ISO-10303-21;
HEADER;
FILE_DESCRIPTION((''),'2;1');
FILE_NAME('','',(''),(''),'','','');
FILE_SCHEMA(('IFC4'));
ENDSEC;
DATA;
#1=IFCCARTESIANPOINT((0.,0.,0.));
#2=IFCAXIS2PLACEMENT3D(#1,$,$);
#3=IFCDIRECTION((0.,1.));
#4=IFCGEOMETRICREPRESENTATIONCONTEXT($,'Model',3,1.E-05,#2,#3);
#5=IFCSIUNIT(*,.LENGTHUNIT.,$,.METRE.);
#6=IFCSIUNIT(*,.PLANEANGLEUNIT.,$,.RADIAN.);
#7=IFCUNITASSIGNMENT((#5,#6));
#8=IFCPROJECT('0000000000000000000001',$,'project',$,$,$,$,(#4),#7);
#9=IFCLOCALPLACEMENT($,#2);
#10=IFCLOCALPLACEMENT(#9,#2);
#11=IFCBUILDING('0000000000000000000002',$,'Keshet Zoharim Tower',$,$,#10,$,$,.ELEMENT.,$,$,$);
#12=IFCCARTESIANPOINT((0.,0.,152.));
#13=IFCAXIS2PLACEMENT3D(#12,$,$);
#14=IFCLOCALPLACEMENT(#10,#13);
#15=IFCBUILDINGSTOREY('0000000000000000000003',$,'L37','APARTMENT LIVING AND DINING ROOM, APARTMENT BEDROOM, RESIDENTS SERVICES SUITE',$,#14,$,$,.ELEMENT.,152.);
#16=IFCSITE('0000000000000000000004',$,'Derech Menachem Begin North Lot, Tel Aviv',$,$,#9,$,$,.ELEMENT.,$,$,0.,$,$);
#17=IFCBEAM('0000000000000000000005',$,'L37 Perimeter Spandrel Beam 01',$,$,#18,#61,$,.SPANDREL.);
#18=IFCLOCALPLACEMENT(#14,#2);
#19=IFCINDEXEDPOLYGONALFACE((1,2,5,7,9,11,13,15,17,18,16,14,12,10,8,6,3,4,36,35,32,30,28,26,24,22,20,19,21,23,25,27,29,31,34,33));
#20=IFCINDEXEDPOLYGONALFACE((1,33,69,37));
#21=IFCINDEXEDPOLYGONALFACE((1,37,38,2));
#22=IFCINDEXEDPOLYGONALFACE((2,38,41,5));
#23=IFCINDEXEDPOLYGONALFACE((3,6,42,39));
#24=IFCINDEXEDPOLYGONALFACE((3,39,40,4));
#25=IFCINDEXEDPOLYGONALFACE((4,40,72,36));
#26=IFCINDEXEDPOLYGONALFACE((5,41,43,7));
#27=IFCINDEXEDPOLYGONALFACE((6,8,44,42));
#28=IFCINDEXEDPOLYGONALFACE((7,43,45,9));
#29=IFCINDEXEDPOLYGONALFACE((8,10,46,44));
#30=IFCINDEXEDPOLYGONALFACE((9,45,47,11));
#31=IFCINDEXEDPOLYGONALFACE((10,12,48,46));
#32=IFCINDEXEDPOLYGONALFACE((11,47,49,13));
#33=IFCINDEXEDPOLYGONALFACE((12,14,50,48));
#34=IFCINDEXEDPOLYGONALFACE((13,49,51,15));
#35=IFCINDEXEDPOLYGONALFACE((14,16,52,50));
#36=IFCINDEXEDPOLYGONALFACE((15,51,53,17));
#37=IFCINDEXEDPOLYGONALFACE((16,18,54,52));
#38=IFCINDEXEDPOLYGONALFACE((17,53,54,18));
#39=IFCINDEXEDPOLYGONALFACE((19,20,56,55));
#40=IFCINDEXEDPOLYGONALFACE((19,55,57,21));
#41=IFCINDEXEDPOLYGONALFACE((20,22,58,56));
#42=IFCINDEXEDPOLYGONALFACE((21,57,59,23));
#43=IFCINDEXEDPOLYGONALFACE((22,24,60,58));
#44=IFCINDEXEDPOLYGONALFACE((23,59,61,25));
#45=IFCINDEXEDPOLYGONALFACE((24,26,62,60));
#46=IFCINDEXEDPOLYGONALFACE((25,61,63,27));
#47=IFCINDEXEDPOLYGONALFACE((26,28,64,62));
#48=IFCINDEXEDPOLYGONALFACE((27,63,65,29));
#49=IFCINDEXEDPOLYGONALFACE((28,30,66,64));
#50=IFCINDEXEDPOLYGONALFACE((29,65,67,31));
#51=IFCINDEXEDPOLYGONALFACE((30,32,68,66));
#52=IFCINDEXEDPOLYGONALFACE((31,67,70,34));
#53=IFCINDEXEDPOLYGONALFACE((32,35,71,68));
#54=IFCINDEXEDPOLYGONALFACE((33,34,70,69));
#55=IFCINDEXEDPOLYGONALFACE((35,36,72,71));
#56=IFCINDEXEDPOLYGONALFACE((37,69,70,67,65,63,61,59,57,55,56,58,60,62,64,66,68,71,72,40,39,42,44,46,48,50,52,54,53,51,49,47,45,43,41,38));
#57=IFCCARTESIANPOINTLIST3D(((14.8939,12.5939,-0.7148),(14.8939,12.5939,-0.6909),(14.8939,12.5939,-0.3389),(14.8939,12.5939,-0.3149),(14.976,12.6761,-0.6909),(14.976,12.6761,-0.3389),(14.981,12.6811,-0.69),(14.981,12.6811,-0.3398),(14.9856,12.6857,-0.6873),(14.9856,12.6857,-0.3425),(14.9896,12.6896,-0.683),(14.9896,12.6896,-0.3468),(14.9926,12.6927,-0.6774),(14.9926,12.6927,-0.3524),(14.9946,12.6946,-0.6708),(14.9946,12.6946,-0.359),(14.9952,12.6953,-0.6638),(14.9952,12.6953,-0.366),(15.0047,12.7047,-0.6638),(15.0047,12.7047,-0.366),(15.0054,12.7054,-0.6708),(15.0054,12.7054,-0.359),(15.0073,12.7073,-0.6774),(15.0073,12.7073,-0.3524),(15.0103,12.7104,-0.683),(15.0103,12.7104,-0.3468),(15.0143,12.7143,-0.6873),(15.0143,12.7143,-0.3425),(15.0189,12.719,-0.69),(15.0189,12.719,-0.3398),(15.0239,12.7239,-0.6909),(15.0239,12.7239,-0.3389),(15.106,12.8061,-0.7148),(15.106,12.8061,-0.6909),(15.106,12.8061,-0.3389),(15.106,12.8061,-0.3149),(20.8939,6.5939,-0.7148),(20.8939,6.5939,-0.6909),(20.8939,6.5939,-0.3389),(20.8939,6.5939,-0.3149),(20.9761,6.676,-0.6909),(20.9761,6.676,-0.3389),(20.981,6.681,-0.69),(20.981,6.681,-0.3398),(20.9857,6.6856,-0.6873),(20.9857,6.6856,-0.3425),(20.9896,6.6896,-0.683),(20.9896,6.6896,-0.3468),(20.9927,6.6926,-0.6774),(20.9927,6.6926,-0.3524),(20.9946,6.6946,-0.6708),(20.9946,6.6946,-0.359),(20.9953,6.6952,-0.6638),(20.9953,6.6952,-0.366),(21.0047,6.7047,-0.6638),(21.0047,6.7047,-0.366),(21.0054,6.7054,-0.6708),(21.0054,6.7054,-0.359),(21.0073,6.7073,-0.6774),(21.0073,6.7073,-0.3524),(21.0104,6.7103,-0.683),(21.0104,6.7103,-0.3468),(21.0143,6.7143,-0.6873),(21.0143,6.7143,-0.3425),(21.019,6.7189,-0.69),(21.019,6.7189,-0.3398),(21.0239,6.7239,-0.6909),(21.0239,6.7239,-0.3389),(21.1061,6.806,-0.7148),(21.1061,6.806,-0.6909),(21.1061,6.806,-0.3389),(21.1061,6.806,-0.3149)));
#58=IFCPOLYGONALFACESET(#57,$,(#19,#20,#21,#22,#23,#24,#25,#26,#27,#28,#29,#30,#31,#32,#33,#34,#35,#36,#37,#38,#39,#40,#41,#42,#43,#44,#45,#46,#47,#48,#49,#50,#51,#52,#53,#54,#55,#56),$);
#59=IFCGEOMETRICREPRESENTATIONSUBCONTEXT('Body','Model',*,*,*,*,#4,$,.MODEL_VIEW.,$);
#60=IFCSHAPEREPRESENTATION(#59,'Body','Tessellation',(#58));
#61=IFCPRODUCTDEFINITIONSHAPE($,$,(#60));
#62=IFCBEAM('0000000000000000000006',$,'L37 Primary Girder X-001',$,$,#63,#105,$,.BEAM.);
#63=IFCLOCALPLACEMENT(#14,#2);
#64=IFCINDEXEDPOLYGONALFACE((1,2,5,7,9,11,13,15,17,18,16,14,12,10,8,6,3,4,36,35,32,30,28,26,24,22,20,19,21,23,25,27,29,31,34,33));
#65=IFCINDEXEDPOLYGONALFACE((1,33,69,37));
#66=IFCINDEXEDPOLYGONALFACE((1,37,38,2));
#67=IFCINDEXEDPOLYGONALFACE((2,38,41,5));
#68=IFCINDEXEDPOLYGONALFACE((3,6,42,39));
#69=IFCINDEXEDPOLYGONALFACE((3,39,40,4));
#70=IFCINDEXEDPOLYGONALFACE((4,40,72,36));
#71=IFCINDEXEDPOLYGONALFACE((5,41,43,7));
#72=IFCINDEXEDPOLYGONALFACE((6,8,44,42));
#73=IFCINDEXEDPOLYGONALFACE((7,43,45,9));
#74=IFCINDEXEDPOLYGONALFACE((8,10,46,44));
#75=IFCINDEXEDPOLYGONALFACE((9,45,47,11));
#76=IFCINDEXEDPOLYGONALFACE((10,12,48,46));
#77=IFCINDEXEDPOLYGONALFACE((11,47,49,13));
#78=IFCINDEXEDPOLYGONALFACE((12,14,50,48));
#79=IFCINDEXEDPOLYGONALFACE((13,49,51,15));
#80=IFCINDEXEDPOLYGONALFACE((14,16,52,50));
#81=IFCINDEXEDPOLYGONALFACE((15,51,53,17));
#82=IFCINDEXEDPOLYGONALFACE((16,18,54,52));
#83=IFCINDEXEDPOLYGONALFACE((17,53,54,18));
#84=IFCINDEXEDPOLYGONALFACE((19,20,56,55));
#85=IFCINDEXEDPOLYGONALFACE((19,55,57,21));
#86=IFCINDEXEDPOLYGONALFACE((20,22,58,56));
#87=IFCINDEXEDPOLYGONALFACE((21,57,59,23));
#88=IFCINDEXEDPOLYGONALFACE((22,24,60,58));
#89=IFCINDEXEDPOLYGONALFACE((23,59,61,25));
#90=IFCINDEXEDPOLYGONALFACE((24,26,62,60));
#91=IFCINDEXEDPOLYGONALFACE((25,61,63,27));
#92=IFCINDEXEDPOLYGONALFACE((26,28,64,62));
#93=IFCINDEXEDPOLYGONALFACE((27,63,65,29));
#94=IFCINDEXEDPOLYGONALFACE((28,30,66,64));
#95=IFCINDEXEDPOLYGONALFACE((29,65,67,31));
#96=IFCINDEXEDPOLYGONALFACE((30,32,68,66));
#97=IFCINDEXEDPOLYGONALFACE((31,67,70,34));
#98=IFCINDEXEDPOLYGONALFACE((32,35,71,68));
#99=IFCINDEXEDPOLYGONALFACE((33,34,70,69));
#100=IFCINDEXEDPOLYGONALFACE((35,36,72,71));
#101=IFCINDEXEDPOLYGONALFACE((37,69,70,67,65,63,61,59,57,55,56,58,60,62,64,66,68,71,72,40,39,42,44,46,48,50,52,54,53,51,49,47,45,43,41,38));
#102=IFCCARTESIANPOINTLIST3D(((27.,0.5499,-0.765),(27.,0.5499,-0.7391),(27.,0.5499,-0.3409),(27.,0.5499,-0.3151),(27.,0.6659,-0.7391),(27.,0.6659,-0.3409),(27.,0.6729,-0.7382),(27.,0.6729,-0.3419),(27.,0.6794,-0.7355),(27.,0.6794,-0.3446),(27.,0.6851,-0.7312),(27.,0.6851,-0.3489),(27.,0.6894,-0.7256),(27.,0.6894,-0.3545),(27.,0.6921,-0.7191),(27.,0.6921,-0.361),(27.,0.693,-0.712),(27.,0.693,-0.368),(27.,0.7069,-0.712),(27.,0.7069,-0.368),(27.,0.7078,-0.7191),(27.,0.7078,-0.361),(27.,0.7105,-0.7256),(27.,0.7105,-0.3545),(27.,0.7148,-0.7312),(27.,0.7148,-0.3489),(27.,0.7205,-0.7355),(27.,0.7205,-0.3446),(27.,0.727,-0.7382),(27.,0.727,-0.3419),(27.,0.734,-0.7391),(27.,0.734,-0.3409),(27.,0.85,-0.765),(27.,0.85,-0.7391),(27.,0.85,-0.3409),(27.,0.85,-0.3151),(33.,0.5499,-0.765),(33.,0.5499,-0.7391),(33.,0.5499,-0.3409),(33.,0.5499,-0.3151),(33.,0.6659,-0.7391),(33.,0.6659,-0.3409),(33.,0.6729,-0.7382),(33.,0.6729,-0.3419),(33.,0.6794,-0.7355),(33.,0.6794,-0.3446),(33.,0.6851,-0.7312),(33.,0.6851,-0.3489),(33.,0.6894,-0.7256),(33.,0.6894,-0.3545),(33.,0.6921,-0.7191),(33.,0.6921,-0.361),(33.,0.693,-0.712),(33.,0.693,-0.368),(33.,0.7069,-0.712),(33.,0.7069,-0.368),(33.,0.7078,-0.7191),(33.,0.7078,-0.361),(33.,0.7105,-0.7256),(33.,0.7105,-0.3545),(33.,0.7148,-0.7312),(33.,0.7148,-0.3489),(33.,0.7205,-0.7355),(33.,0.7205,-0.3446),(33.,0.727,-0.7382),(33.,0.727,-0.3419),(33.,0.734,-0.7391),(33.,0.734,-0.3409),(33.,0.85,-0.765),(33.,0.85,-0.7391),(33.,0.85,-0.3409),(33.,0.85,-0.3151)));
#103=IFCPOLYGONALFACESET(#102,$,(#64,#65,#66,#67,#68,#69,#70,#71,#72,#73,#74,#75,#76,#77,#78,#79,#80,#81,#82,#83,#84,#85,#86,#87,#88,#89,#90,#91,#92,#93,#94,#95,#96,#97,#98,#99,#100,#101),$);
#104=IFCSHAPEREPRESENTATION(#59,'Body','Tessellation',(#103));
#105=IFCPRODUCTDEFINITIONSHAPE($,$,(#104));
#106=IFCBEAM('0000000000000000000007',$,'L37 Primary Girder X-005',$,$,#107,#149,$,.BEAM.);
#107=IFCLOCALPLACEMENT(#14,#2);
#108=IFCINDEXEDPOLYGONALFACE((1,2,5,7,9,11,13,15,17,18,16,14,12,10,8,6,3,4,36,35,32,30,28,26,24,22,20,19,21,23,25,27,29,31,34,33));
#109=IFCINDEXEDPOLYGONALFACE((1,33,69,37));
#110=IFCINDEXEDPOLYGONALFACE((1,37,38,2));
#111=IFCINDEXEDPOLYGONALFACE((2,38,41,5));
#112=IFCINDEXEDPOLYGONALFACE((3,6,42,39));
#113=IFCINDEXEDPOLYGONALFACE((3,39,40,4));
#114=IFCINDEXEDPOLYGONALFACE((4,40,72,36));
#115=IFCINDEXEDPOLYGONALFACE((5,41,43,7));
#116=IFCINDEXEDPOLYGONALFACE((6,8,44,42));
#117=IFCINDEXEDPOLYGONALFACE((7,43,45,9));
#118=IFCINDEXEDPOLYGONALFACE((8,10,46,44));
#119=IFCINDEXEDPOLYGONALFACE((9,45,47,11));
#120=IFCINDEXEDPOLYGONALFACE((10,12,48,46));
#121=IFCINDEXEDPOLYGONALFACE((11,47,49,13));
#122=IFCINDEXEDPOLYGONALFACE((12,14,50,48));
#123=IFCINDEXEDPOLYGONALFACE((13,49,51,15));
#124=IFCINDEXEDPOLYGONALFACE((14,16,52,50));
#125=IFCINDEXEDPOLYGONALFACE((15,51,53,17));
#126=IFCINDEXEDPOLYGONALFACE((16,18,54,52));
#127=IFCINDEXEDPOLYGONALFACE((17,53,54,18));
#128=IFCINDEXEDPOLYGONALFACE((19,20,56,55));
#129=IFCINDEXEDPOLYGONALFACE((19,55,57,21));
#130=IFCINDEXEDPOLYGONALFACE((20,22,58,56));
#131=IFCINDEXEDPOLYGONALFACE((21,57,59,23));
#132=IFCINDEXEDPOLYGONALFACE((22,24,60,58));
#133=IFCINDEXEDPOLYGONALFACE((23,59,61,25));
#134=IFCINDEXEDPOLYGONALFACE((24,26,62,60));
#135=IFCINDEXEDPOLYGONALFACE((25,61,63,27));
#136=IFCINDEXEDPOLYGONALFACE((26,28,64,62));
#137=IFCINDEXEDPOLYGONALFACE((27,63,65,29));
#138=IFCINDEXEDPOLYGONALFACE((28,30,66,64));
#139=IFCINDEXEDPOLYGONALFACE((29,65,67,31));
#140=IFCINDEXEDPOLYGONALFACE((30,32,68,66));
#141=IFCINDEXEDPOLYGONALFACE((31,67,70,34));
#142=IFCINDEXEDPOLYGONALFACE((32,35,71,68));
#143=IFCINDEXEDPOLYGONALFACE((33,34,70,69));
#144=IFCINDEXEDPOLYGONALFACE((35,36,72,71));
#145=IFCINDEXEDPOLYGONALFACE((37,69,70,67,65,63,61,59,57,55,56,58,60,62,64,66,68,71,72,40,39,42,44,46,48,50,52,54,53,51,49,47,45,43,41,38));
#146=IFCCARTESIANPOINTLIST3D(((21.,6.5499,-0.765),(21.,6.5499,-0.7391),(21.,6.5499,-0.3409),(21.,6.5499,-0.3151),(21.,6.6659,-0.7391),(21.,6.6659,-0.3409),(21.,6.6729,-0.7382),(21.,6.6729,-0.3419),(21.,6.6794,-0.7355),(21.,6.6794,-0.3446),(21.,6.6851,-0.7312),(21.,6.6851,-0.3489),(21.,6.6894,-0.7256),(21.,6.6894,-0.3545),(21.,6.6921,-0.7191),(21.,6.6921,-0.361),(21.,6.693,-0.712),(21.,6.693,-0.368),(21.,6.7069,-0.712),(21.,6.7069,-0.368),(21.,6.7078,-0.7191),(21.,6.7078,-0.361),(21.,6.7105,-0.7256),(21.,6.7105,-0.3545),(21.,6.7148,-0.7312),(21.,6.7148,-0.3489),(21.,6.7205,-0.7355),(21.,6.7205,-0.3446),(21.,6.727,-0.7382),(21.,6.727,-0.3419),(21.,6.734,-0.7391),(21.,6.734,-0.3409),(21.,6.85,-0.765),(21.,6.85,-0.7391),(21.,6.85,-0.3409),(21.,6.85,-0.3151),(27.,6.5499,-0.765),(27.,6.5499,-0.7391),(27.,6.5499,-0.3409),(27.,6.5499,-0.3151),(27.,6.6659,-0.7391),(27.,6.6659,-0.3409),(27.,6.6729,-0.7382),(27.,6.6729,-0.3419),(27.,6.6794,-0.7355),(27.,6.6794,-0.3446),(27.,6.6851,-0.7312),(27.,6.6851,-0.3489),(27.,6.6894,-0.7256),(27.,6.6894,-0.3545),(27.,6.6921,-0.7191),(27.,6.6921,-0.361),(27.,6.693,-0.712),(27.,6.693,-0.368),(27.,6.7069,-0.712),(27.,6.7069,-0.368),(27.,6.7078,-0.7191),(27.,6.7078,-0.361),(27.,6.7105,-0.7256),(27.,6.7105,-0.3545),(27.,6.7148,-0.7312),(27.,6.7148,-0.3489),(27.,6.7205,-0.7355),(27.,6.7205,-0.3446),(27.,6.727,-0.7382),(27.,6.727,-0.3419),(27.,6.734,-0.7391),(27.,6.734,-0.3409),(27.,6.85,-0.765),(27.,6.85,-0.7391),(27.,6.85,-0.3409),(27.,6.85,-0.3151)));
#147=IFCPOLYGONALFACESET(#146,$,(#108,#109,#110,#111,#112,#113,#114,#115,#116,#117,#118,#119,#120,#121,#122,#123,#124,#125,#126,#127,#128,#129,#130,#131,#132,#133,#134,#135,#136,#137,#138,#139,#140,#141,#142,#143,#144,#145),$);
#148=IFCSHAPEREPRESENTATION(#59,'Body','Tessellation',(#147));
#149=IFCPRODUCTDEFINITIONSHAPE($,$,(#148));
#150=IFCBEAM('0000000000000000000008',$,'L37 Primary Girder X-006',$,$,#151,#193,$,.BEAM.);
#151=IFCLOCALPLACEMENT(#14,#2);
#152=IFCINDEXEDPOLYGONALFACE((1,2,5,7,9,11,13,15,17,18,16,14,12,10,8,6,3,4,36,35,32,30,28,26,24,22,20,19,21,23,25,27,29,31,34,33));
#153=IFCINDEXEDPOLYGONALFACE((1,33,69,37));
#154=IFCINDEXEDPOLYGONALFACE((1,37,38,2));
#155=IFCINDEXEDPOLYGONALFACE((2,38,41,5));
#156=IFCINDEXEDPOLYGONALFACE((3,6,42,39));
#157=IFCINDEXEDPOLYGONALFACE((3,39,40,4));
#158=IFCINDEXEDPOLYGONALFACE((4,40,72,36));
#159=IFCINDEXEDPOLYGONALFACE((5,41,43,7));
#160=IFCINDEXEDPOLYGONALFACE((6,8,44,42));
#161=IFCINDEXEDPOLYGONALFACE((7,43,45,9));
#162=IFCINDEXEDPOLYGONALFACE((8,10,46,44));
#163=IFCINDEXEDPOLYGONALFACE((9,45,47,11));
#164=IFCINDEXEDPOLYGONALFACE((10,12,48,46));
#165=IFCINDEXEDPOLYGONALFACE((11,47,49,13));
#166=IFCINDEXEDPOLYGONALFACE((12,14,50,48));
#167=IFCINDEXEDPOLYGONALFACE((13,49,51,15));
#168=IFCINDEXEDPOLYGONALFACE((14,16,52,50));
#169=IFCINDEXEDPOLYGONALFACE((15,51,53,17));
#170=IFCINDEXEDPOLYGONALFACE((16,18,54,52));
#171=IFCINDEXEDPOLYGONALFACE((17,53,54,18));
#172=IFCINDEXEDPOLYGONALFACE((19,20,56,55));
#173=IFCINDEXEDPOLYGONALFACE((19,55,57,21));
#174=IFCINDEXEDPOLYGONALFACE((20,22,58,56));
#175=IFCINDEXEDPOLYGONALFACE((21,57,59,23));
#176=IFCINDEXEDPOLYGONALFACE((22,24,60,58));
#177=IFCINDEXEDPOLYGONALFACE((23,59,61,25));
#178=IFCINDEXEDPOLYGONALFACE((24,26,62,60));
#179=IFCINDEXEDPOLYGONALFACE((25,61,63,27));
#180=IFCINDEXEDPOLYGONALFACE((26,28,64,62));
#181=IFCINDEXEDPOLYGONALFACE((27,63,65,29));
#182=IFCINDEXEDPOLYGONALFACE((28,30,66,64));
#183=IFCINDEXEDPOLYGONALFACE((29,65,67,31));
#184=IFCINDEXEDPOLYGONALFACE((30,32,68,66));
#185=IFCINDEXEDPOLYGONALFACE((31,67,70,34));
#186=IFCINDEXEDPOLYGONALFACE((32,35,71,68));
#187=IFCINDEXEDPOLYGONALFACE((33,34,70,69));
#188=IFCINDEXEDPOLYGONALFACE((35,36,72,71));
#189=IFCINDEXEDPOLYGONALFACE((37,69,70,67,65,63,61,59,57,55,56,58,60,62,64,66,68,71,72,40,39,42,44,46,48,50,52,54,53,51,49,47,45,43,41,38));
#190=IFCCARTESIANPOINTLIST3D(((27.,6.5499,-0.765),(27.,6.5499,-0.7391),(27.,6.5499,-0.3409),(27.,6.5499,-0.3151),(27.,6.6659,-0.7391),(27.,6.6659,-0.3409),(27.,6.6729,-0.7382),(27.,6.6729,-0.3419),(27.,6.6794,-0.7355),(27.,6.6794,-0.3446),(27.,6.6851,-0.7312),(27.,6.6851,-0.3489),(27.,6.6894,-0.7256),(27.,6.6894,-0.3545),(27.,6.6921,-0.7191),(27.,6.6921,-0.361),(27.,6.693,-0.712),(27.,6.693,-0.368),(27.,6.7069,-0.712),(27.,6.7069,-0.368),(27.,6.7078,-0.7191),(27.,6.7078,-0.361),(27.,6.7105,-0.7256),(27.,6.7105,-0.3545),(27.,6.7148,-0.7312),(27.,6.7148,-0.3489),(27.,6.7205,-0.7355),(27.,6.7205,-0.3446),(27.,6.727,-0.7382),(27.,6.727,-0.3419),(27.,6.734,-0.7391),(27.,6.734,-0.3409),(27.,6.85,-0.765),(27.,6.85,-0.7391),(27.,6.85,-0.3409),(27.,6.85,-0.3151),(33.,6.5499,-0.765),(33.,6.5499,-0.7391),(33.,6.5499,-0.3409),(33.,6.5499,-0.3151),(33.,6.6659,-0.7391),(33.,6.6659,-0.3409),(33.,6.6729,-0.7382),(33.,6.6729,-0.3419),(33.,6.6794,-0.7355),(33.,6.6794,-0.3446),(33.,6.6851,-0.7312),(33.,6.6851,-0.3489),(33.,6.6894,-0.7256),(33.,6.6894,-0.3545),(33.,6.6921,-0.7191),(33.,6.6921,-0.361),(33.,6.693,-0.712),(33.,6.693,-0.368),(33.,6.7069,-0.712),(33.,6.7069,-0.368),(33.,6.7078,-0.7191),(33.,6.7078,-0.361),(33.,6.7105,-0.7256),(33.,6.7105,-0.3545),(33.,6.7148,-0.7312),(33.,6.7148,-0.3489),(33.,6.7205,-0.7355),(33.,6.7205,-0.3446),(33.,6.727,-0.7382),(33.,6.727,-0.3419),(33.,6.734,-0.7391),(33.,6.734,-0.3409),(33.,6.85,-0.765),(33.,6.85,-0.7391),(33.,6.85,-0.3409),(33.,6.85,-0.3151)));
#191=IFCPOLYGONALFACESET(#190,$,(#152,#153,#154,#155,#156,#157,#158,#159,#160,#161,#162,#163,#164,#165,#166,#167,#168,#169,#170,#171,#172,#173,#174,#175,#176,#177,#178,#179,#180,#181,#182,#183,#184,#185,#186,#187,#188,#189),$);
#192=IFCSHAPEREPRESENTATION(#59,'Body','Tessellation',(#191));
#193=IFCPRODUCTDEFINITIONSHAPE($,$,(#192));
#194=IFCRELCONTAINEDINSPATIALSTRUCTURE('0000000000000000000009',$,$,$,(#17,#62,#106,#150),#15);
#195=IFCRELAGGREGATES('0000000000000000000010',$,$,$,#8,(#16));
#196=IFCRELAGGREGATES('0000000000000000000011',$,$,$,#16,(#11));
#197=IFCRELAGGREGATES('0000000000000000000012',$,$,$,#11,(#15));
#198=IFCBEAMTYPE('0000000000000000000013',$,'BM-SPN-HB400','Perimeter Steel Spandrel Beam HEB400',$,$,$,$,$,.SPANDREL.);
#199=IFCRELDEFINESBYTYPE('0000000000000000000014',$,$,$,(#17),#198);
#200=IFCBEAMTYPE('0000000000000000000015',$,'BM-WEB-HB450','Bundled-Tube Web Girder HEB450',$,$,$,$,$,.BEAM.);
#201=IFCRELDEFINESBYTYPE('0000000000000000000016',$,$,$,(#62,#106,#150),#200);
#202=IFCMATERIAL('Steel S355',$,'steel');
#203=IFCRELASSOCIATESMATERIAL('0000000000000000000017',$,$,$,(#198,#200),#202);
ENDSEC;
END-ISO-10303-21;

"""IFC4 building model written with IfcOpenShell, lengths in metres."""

from ifc_helpers import new_model, si_unit, direction, frame, origin, origin_2d, place, context, subcontext, project, spatial, i_section, extrude, material, material_profile, profile_set, type_object, element, save


model = new_model("IFC4")

# Units and contexts
model_context = context("Model", 3, precision=1e-05, world=origin(), true_north=direction((0.0, 1.0)))
body_context = subcontext(model_context, "Body", "Model", "MODEL_VIEW")
ifc_project = project(units=[si_unit("LENGTHUNIT", "METRE"), si_unit("PLANEANGLEUNIT", "RADIAN")], contexts=[model_context])

# Site, building, storey
site_placement = place(None, origin())
site = spatial("IfcSite", under=ifc_project, at=site_placement, Name="Derech Menachem Begin North Lot, Tel Aviv", CompositionType="ELEMENT", RefElevation=0.0)
building_placement = place(site_placement, origin())
building = spatial("IfcBuilding", under=site, at=building_placement, Name="Keshet Zoharim Tower", CompositionType="ELEMENT")
storey_placement = place(building_placement, frame((0.0, 0.0, 152.0)))
storey = spatial("IfcBuildingStorey", under=building, at=storey_placement, Name="L37", Description="APARTMENT LIVING AND DINING ROOM, APARTMENT BEDROOM, RESIDENTS SERVICES SUITE", CompositionType="ELEMENT", Elevation=152.0)

# Shared definitions
ifc_material_1 = material(Name="Steel S355", Category="steel")

# Beams
ifc_material_profile_1 = material_profile(ifc_material_1, i_section(OverallWidth=0.3, OverallDepth=0.3999, WebThickness=0.0134, FlangeThickness=0.0239, FilletRadius=0.0271, at=origin_2d()), Name="HEB400")
ifc_profile_set_1 = profile_set([ifc_material_profile_1], Name="Steel S355")
beam_type_1 = type_object("IfcBeamType", Name="BM-SPN-HB400", Description="Perimeter Steel Spandrel Beam HEB400", PredefinedType="SPANDREL", material=ifc_profile_set_1)
beam_1_placement = place(storey_placement, frame((21.0, 6.7, -0.5149), z_axis=(-0.707107, 0.707107, 0.0), x_axis=(-0.707107, -0.707107, 0.0)))
element("IfcBeam", 1, at=beam_1_placement, inside=storey, type_object=beam_type_1, Name="L37 Perimeter Spandrel Beam 01", PredefinedType="SPANDREL", context=body_context, shape_type="SweptSolid", body=[
    extrude(i_section(OverallWidth=0.3, OverallDepth=0.3999, WebThickness=0.0134, FlangeThickness=0.0239, FilletRadius=0.0271, at=origin_2d()), origin(), (0.0, 0.0, 1.0), 8.4854),
])
ifc_material_profile_2 = material_profile(ifc_material_1, i_section(OverallWidth=0.3, OverallDepth=0.45, WebThickness=0.0139, FlangeThickness=0.0259, FilletRadius=0.0271, at=origin_2d()), Name="HEB450")
ifc_profile_set_2 = profile_set([ifc_material_profile_2], Name="Steel S355")
beam_type_2 = type_object("IfcBeamType", Name="BM-WEB-HB450", Description="Bundled-Tube Web Girder HEB450", PredefinedType="BEAM", material=ifc_profile_set_2)
for number, where, z_axis, x_axis, name in (
    (2, (27.0, 0.7, -0.54), (1.0, 0.0, 0.0), (0.0, 1.0, 0.0), "L37 Primary Girder X-001"),
    (3, (21.0, 6.7, -0.54), (1.0, 0.0, 0.0), (0.0, 1.0, 0.0), "L37 Primary Girder X-005"),
    (4, (27.0, 6.7, -0.54), (1.0, 0.0, 0.0), (0.0, 1.0, 0.0), "L37 Primary Girder X-006"),
):
    element("IfcBeam", number, at=place(storey_placement, frame(where, z_axis=z_axis, x_axis=x_axis)), inside=storey, type_object=beam_type_2, Name=name, PredefinedType="BEAM", context=body_context, shape_type="SweptSolid", body=[
        extrude(i_section(OverallWidth=0.3, OverallDepth=0.45, WebThickness=0.0139, FlangeThickness=0.0259, FilletRadius=0.0271, at=origin_2d()), origin(), (0.0, 0.0, 1.0), 6.0),
    ])

save(model, "model.ifc")
